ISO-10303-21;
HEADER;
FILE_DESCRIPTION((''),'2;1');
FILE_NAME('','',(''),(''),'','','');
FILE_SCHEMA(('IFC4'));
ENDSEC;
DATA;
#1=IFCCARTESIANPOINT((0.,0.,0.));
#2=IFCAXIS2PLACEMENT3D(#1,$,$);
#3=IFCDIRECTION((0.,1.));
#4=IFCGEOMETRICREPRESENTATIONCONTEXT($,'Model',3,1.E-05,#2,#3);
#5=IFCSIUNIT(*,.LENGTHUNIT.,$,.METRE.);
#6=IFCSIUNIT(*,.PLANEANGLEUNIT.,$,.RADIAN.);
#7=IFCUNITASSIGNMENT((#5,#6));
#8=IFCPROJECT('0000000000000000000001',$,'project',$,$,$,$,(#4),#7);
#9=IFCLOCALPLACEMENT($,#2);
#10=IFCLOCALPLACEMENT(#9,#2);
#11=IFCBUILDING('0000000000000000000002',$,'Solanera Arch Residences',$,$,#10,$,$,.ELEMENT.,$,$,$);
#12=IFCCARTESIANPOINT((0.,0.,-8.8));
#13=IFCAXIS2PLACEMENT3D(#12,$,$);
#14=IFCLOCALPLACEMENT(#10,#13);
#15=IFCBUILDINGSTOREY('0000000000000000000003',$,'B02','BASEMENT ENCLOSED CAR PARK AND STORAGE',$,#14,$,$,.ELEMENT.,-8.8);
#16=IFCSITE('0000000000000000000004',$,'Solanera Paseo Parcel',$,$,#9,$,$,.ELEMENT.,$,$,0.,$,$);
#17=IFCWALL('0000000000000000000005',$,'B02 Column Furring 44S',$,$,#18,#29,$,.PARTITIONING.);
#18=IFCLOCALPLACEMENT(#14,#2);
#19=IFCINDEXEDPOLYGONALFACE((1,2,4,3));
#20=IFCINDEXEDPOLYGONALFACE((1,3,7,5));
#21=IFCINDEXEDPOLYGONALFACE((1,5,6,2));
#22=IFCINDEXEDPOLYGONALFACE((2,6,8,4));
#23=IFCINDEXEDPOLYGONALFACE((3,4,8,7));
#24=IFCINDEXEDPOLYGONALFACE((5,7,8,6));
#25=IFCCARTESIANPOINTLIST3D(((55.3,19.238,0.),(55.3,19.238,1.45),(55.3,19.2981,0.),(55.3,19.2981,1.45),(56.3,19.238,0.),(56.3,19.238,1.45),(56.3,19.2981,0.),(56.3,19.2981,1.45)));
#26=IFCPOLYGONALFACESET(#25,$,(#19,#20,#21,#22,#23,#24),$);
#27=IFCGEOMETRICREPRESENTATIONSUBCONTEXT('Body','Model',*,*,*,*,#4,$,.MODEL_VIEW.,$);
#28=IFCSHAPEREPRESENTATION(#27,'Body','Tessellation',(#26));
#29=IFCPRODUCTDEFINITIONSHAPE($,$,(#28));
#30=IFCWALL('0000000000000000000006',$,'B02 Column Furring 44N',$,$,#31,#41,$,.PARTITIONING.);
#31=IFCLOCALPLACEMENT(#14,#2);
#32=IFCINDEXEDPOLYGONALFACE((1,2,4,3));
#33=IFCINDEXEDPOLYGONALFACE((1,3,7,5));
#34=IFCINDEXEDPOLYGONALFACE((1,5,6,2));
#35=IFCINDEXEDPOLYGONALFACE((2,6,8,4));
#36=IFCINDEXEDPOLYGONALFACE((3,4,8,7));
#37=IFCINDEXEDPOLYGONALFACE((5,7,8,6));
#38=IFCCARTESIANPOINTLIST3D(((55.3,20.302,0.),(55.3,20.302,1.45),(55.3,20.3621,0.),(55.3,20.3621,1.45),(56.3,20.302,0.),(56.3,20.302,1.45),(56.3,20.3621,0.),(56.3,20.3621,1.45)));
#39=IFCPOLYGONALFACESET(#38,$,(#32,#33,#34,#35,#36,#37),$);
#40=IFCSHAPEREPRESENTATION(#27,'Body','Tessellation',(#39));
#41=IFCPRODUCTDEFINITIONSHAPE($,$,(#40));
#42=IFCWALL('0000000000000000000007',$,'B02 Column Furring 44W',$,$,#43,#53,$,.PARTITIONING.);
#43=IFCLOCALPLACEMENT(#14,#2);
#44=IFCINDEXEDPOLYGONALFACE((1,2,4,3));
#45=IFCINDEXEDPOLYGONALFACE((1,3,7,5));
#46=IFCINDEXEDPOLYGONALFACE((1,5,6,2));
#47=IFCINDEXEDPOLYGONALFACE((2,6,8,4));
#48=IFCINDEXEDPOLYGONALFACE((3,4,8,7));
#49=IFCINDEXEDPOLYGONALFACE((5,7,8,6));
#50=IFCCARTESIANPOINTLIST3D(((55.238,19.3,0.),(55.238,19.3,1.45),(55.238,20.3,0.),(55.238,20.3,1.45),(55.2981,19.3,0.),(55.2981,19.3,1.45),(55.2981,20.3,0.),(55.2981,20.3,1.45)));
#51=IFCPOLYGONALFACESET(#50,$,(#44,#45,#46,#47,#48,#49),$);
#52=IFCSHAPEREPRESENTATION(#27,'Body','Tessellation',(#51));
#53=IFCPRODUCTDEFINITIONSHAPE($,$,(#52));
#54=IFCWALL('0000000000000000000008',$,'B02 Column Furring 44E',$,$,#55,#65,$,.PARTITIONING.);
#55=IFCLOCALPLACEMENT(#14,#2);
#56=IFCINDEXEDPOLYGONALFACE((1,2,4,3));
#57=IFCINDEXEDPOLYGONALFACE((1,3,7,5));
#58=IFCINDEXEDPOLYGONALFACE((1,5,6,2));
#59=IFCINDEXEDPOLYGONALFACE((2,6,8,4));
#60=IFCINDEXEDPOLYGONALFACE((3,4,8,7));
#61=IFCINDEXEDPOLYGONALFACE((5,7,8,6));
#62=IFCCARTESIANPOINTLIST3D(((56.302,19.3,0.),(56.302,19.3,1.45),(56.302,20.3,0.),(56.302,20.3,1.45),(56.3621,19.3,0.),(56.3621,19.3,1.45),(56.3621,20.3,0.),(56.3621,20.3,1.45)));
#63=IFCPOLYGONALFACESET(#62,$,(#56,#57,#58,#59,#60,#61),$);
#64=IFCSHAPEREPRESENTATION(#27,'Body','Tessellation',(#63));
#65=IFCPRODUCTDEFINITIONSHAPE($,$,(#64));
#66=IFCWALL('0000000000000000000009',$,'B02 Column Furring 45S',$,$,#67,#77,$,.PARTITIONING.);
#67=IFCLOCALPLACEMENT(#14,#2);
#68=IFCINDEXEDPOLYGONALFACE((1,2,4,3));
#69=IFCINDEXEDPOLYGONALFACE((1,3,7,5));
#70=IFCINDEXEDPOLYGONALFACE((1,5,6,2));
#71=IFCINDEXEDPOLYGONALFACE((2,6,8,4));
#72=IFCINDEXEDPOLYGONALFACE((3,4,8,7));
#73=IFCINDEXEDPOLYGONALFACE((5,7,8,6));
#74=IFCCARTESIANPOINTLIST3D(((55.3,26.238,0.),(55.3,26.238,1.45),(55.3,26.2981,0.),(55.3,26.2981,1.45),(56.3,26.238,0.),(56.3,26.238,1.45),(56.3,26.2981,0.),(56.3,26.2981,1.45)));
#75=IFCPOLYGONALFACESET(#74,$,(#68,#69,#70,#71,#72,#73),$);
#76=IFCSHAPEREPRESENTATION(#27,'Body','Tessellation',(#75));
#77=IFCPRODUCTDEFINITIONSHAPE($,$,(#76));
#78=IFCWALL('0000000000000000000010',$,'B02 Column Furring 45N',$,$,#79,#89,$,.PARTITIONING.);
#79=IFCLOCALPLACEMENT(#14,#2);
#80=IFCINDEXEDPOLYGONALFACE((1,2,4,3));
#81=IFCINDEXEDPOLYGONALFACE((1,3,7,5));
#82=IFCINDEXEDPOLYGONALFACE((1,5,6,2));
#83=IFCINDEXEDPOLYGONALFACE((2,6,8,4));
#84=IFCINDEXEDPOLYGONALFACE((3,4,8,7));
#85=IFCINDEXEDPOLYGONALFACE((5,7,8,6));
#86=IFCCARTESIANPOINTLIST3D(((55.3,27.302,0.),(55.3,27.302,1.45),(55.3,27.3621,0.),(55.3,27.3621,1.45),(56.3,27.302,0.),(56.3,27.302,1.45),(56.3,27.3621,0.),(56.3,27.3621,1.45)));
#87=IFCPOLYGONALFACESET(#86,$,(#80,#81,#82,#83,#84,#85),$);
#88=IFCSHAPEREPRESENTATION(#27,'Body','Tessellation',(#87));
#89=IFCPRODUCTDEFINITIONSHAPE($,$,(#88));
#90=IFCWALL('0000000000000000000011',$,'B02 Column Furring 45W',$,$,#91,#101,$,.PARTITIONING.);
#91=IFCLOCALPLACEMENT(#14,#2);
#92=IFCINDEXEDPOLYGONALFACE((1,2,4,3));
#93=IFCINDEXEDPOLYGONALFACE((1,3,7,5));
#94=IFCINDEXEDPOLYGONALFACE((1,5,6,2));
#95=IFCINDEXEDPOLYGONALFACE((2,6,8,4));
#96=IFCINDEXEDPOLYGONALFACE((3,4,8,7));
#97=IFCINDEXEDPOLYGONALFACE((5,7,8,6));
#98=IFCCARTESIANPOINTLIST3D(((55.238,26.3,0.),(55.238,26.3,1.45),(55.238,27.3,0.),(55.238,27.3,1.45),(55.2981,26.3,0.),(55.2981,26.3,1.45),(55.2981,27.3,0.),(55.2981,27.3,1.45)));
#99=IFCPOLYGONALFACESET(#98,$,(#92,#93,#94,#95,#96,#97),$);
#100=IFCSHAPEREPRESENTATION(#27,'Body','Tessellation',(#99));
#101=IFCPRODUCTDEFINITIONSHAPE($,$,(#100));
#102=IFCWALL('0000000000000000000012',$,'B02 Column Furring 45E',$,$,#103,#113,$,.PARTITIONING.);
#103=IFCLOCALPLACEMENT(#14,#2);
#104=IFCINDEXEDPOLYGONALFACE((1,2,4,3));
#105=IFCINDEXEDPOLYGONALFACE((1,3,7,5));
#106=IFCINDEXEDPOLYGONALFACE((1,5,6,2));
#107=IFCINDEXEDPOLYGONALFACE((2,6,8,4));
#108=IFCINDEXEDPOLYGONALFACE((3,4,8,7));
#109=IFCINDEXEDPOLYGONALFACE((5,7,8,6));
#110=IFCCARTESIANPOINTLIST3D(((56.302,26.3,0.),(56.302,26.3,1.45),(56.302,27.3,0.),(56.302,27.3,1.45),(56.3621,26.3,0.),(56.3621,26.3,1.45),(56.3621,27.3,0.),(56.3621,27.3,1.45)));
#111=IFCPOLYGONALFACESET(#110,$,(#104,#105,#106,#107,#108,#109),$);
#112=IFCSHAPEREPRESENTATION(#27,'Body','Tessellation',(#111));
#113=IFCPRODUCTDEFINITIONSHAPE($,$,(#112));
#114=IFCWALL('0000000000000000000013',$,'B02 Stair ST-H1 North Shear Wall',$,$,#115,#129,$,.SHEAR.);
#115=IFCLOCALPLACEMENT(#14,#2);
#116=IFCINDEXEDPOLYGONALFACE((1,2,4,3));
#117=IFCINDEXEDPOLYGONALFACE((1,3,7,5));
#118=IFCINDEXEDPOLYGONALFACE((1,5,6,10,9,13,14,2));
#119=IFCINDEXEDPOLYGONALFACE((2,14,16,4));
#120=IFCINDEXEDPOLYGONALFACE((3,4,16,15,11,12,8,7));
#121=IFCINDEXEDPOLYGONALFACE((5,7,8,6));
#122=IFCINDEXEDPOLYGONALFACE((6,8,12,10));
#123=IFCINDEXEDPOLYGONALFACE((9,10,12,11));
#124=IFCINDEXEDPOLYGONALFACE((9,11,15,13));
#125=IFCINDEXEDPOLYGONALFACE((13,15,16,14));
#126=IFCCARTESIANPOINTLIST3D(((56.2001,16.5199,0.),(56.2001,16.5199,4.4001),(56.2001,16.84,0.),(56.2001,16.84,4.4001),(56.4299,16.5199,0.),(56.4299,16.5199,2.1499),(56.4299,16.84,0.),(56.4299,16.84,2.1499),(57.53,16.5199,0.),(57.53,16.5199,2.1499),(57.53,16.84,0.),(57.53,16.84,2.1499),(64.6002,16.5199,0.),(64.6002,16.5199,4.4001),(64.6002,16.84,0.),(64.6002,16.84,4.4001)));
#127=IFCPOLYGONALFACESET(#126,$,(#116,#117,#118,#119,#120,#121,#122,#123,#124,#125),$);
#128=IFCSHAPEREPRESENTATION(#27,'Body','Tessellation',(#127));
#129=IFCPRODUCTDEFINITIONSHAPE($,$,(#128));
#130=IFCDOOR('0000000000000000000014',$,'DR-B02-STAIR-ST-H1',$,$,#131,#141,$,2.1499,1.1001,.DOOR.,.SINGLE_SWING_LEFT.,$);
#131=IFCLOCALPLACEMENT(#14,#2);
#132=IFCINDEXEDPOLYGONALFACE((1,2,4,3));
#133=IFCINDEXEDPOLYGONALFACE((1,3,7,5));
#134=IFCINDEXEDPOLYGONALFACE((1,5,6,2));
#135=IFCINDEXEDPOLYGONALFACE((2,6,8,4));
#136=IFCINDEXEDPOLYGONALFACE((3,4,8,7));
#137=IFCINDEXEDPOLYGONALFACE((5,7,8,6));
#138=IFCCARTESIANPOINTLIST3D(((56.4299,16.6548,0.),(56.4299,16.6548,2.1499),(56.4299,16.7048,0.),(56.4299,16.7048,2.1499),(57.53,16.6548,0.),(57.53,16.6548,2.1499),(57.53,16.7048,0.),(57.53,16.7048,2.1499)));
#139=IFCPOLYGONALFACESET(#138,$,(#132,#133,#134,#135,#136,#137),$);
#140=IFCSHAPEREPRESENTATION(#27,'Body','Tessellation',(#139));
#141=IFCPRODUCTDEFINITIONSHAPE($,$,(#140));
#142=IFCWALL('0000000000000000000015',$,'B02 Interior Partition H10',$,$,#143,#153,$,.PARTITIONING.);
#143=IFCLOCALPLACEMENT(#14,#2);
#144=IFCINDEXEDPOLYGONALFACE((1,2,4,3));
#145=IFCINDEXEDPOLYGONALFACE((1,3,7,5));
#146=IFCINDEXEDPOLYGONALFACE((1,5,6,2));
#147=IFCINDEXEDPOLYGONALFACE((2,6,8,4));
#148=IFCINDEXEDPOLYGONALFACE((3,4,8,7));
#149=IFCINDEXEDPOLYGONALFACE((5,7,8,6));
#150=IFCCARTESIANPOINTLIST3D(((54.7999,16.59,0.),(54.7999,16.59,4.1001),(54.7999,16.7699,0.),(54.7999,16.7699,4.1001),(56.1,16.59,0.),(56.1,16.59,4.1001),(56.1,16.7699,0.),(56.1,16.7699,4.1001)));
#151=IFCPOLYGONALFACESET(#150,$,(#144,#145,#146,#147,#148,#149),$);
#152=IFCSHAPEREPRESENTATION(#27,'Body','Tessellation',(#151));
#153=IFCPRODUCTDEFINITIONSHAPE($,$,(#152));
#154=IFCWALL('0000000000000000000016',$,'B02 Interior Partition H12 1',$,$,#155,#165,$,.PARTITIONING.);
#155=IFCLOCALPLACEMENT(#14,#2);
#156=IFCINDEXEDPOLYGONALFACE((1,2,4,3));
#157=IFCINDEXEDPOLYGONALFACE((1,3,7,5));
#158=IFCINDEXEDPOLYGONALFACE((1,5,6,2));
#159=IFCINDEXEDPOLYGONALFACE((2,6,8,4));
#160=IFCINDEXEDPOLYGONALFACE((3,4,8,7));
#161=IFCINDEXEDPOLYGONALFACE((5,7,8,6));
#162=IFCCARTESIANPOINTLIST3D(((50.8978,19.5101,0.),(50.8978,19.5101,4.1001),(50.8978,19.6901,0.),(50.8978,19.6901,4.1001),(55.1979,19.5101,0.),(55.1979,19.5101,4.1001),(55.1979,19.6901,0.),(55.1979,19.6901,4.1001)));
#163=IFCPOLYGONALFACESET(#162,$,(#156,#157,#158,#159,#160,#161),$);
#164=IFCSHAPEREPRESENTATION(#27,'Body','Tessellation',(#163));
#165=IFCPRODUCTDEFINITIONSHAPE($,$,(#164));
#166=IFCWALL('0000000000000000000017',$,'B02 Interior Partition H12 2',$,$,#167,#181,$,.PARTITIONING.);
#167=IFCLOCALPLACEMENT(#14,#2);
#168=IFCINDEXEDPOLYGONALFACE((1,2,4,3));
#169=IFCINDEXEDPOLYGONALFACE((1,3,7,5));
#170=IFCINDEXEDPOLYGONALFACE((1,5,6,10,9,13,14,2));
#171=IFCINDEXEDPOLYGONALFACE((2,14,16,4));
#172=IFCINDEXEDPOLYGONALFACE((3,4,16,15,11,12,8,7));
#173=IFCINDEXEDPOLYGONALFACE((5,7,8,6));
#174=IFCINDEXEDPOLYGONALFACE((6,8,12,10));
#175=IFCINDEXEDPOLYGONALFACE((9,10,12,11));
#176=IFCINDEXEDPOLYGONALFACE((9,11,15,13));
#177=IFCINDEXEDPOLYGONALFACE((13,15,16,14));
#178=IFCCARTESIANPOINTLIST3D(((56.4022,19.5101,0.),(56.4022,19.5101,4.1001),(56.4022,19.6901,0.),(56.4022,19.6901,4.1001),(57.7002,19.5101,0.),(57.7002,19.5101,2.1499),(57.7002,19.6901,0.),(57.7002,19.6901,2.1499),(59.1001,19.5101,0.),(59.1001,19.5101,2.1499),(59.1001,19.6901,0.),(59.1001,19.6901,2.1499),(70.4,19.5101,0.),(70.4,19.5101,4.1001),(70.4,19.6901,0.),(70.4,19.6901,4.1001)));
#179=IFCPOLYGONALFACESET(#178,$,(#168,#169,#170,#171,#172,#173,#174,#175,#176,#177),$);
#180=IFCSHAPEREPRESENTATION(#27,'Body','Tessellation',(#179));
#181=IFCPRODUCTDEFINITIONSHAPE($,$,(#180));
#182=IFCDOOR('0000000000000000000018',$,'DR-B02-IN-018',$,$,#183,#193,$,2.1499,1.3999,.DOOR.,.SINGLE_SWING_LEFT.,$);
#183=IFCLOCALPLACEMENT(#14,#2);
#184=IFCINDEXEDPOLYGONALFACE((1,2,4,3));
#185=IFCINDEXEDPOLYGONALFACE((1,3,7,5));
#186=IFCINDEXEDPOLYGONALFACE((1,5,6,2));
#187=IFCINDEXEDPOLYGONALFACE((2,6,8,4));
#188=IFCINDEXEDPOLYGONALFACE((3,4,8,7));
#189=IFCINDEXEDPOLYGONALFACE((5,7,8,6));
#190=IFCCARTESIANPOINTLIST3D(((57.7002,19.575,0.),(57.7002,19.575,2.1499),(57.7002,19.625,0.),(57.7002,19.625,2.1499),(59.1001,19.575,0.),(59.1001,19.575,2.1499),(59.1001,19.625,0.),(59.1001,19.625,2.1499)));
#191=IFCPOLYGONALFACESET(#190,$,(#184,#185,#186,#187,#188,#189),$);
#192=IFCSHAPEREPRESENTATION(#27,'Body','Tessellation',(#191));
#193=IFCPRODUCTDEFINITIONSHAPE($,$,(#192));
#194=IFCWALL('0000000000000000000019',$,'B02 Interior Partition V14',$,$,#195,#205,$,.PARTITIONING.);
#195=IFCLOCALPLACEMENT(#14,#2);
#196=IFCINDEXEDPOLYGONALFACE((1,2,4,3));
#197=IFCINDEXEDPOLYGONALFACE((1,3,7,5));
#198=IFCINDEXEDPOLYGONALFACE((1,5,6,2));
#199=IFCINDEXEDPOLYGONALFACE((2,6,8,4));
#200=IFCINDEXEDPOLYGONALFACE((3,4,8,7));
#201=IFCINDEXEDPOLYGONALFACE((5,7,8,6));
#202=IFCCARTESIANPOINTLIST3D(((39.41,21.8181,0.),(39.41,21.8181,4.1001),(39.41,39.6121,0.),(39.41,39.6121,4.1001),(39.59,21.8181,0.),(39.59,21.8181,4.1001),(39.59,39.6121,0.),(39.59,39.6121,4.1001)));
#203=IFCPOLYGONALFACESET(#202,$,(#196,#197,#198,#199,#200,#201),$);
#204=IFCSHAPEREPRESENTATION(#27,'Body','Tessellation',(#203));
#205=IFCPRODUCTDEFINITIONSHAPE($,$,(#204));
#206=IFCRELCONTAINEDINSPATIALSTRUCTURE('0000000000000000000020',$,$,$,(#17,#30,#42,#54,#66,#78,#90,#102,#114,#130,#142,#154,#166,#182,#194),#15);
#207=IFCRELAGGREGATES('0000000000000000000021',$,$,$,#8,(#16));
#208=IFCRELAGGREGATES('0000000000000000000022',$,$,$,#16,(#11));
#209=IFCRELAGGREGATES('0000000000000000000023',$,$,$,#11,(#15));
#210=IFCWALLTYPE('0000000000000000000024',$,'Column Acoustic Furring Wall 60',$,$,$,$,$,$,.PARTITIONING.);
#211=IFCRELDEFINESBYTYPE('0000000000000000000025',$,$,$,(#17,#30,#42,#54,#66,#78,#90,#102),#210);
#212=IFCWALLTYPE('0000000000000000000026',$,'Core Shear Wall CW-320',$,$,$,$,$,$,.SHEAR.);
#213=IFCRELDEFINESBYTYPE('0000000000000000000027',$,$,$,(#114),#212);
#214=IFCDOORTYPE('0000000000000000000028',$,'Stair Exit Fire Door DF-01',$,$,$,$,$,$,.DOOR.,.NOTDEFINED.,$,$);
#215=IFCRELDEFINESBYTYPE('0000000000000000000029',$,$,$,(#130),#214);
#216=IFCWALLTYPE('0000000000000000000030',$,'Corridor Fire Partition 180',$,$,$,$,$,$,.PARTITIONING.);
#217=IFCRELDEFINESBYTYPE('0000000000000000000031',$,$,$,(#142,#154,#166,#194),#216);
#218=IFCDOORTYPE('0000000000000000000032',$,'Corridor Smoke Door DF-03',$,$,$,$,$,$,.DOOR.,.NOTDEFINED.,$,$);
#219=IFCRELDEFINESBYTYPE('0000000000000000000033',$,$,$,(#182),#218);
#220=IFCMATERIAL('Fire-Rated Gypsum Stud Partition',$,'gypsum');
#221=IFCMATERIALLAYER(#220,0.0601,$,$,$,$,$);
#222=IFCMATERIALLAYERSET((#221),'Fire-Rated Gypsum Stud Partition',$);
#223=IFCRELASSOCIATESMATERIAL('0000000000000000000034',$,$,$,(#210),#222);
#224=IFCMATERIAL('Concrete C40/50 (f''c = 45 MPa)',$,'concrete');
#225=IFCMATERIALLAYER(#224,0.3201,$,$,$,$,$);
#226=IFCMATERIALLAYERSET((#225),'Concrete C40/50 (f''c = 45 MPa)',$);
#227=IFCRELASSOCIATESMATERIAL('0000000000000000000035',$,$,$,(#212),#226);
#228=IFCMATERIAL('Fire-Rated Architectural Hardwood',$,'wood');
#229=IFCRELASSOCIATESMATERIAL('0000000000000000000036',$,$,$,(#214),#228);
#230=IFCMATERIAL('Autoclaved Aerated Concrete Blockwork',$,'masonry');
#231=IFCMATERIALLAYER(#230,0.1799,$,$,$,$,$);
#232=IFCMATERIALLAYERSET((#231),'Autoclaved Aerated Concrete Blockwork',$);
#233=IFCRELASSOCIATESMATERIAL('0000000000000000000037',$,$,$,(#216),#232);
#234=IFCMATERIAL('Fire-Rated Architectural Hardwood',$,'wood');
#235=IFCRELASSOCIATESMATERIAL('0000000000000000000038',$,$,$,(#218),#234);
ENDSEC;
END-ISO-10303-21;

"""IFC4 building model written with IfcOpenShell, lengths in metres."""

from ifc_helpers import new_model, si_unit, direction, frame, frame_2d, origin, place, context, subcontext, project, spatial, rectangle, extrude, material, layer, layer_set, type_object, element, fill, save


model = new_model("IFC4")

# Units and contexts
model_context = context("Model", 3, precision=1e-05, world=origin(), true_north=direction((0.0, 1.0)))
body_context = subcontext(model_context, "Body", "Model", "MODEL_VIEW")
ifc_project = project(units=[si_unit("LENGTHUNIT", "METRE"), si_unit("PLANEANGLEUNIT", "RADIAN")], contexts=[model_context])

# Site, building, storey
site_placement = place(None, origin())
site = spatial("IfcSite", under=ifc_project, at=site_placement, Name="Solanera Paseo Parcel", CompositionType="ELEMENT", RefElevation=0.0)
building_placement = place(site_placement, origin())
building = spatial("IfcBuilding", under=site, at=building_placement, Name="Solanera Arch Residences", CompositionType="ELEMENT")
storey_placement = place(building_placement, frame((0.0, 0.0, -8.8)))
storey = spatial("IfcBuildingStorey", under=building, at=storey_placement, Name="B02", Description="BASEMENT ENCLOSED CAR PARK AND STORAGE", CompositionType="ELEMENT", Elevation=-8.8)

# Walls
ifc_material_1 = material(Name="Fire-Rated Gypsum Stud Partition", Category="gypsum")
ifc_layer_1 = layer(ifc_material_1, 0.0601)
ifc_layer_set_1 = layer_set([ifc_layer_1], Name="Fire-Rated Gypsum Stud Partition")
wall_type_1 = type_object("IfcWallType", Name="Column Acoustic Furring Wall 60", PredefinedType="PARTITIONING", material=ifc_layer_set_1)
for number, where, z_axis, x_axis, name in (
    (1, (55.3, 19.2681, 0.0), (0.0, 0.0, 1.0), (1.0, 0.0, 0.0), "B02 Column Furring 44S"),
    (2, (55.3, 20.332, 0.0), (0.0, 0.0, 1.0), (1.0, 0.0, 0.0), "B02 Column Furring 44N"),
    (3, (55.2681, 19.3, 0.0), (0.0, 0.0, 1.0), (0.0, 1.0, 0.0), "B02 Column Furring 44W"),
    (4, (56.332, 19.3, 0.0), (0.0, 0.0, 1.0), (0.0, 1.0, 0.0), "B02 Column Furring 44E"),
    (5, (55.3, 26.2681, 0.0), (0.0, 0.0, 1.0), (1.0, 0.0, 0.0), "B02 Column Furring 45S"),
    (6, (55.3, 27.332, 0.0), (0.0, 0.0, 1.0), (1.0, 0.0, 0.0), "B02 Column Furring 45N"),
    (7, (55.2681, 26.3, 0.0), (0.0, 0.0, 1.0), (0.0, 1.0, 0.0), "B02 Column Furring 45W"),
    (8, (56.332, 26.3, 0.0), (0.0, 0.0, 1.0), (0.0, 1.0, 0.0), "B02 Column Furring 45E"),
):
    element("IfcWall", number, at=place(storey_placement, frame(where, z_axis=z_axis, x_axis=x_axis)), inside=storey, type_object=wall_type_1, Name=name, PredefinedType="PARTITIONING", context=body_context, shape_type="SweptSolid", body=[
        extrude(rectangle(XDim=1.0, YDim=0.0601, at=frame_2d((0.5, 0.0))), origin(), (0.0, 0.0, 1.0), 1.45),
    ])

# Wall, opening, door
ifc_material_2 = material(Name="Concrete C40/50 (f'c = 45 MPa)", Category="concrete")
ifc_layer_2 = layer(ifc_material_2, 0.3201)
ifc_layer_set_2 = layer_set([ifc_layer_2], Name="Concrete C40/50 (f'c = 45 MPa)")
wall_type_2 = type_object("IfcWallType", Name="Core Shear Wall CW-320", PredefinedType="SHEAR", material=ifc_layer_set_2)
wall_1_placement = place(storey_placement, frame((56.2, 16.6799, 0.0), z_axis=(0.0, 0.0, 1.0), x_axis=(1.0, 0.0, 0.0)))
wall_1 = element("IfcWall", 9, at=wall_1_placement, inside=storey, type_object=wall_type_2, Name="B02 Stair ST-H1 North Shear Wall", PredefinedType="SHEAR", context=body_context, shape_type="SweptSolid", body=[
    extrude(rectangle(XDim=8.4001, YDim=0.3201, at=frame_2d((4.2002, 0.0))), origin(), (0.0, 0.0, 1.0), 4.4001),
])
opening_1_placement = place(wall_1_placement, frame((0.23, 0.0, 0.0)))
opening_1 = element("IfcOpeningElement", 10, at=opening_1_placement, cuts=wall_1, PredefinedType="OPENING", context=body_context, shape_type="SweptSolid", body=[
    extrude(rectangle(XDim=1.1001, YDim=2.1499, at=frame_2d((0.55, 1.075))), frame((0.0, 0.1699, 0.0), z_axis=(0.0, -1.0, 0.0), x_axis=(1.0, 0.0, 0.0)), (0.0, 0.0, 1.0), 0.3401),
])
ifc_material_3 = material(Name="Fire-Rated Architectural Hardwood", Category="wood")
door_type_1 = type_object("IfcDoorType", Name="Stair Exit Fire Door DF-01", OperationType="NOTDEFINED", PredefinedType="DOOR", material=ifc_material_3)
door_1_placement = place(opening_1_placement, origin())
door_1 = element("IfcDoor", 11, at=door_1_placement, inside=storey, type_object=door_type_1, Name="DR-B02-STAIR-ST-H1", OperationType="SINGLE_SWING_LEFT", OverallHeight=2.1499, OverallWidth=1.1001, PredefinedType="DOOR", context=body_context, shape_type="SweptSolid", body=[
    extrude(rectangle(XDim=1.1001, YDim=2.1499, at=frame_2d((0.55, 1.075))), frame((0.0, 0.0249, 0.0), z_axis=(0.0, -1.0, 0.0), x_axis=(1.0, 0.0, 0.0)), (0.0, 0.0, 1.0), 0.05),
])
fill(opening_1, door_1)

# Walls
ifc_material_4 = material(Name="Autoclaved Aerated Concrete Blockwork", Category="masonry")
ifc_layer_3 = layer(ifc_material_4, 0.1799)
ifc_layer_set_3 = layer_set([ifc_layer_3], Name="Autoclaved Aerated Concrete Blockwork")
wall_type_3 = type_object("IfcWallType", Name="Corridor Fire Partition 180", PredefinedType="PARTITIONING", material=ifc_layer_set_3)
wall_2_placement = place(storey_placement, frame((54.8, 16.6799, 0.0), z_axis=(0.0, 0.0, 1.0), x_axis=(1.0, 0.0, 0.0)))
element("IfcWall", 12, at=wall_2_placement, inside=storey, type_object=wall_type_3, Name="B02 Interior Partition H10", PredefinedType="PARTITIONING", context=body_context, shape_type="SweptSolid", body=[
    extrude(rectangle(XDim=1.3, YDim=0.1799, at=frame_2d((0.6499, 0.0))), origin(), (0.0, 0.0, 1.0), 4.1001),
])
wall_3_placement = place(storey_placement, frame((50.8979, 19.6001, 0.0), z_axis=(0.0, 0.0, 1.0), x_axis=(1.0, 0.0, 0.0)))
element("IfcWall", 13, at=wall_3_placement, inside=storey, type_object=wall_type_3, Name="B02 Interior Partition H12 1", PredefinedType="PARTITIONING", context=body_context, shape_type="SweptSolid", body=[
    extrude(rectangle(XDim=4.3, YDim=0.1799, at=frame_2d((2.1499, 0.0))), origin(), (0.0, 0.0, 1.0), 4.1001),
])

# Wall, opening, door
wall_4_placement = place(storey_placement, frame((56.4021, 19.6001, 0.0), z_axis=(0.0, 0.0, 1.0), x_axis=(1.0, 0.0, 0.0)))
wall_4 = element("IfcWall", 14, at=wall_4_placement, inside=storey, type_object=wall_type_3, Name="B02 Interior Partition H12 2", PredefinedType="PARTITIONING", context=body_context, shape_type="SweptSolid", body=[
    extrude(rectangle(XDim=13.9978, YDim=0.1799, at=frame_2d((6.999, 0.0))), origin(), (0.0, 0.0, 1.0), 4.1001),
])
opening_2_placement = place(wall_4_placement, frame((1.2981, 0.0, 0.0)))
opening_2 = element("IfcOpeningElement", 15, at=opening_2_placement, cuts=wall_4, PredefinedType="OPENING", context=body_context, shape_type="SweptSolid", body=[
    extrude(rectangle(XDim=1.3999, YDim=2.1499, at=frame_2d((0.7, 1.075))), frame((0.0, 0.1001, 0.0), z_axis=(0.0, -1.0, 0.0), x_axis=(1.0, 0.0, 0.0)), (0.0, 0.0, 1.0), 0.1999),
])
ifc_material_5 = material(Name="Fire-Rated Architectural Hardwood", Category="wood")
door_type_2 = type_object("IfcDoorType", Name="Corridor Smoke Door DF-03", OperationType="NOTDEFINED", PredefinedType="DOOR", material=ifc_material_5)
door_2_placement = place(opening_2_placement, origin())
door_2 = element("IfcDoor", 16, at=door_2_placement, inside=storey, type_object=door_type_2, Name="DR-B02-IN-018", OperationType="SINGLE_SWING_LEFT", OverallHeight=2.1499, OverallWidth=1.3999, PredefinedType="DOOR", context=body_context, shape_type="SweptSolid", body=[
    extrude(rectangle(XDim=1.3999, YDim=2.1499, at=frame_2d((0.7, 1.075))), frame((0.0, 0.0249, 0.0), z_axis=(0.0, -1.0, 0.0), x_axis=(1.0, 0.0, 0.0)), (0.0, 0.0, 1.0), 0.05),
])
fill(opening_2, door_2)

# Wall
wall_5_placement = place(storey_placement, frame((39.5, 21.8181, 0.0), z_axis=(0.0, 0.0, 1.0), x_axis=(0.0, 1.0, 0.0)))
element("IfcWall", 17, at=wall_5_placement, inside=storey, type_object=wall_type_3, Name="B02 Interior Partition V14", PredefinedType="PARTITIONING", context=body_context, shape_type="SweptSolid", body=[
    extrude(rectangle(XDim=17.7939, YDim=0.1799, at=frame_2d((8.897, 0.0))), origin(), (0.0, 0.0, 1.0), 4.1001),
])

save(model, "model.ifc")
